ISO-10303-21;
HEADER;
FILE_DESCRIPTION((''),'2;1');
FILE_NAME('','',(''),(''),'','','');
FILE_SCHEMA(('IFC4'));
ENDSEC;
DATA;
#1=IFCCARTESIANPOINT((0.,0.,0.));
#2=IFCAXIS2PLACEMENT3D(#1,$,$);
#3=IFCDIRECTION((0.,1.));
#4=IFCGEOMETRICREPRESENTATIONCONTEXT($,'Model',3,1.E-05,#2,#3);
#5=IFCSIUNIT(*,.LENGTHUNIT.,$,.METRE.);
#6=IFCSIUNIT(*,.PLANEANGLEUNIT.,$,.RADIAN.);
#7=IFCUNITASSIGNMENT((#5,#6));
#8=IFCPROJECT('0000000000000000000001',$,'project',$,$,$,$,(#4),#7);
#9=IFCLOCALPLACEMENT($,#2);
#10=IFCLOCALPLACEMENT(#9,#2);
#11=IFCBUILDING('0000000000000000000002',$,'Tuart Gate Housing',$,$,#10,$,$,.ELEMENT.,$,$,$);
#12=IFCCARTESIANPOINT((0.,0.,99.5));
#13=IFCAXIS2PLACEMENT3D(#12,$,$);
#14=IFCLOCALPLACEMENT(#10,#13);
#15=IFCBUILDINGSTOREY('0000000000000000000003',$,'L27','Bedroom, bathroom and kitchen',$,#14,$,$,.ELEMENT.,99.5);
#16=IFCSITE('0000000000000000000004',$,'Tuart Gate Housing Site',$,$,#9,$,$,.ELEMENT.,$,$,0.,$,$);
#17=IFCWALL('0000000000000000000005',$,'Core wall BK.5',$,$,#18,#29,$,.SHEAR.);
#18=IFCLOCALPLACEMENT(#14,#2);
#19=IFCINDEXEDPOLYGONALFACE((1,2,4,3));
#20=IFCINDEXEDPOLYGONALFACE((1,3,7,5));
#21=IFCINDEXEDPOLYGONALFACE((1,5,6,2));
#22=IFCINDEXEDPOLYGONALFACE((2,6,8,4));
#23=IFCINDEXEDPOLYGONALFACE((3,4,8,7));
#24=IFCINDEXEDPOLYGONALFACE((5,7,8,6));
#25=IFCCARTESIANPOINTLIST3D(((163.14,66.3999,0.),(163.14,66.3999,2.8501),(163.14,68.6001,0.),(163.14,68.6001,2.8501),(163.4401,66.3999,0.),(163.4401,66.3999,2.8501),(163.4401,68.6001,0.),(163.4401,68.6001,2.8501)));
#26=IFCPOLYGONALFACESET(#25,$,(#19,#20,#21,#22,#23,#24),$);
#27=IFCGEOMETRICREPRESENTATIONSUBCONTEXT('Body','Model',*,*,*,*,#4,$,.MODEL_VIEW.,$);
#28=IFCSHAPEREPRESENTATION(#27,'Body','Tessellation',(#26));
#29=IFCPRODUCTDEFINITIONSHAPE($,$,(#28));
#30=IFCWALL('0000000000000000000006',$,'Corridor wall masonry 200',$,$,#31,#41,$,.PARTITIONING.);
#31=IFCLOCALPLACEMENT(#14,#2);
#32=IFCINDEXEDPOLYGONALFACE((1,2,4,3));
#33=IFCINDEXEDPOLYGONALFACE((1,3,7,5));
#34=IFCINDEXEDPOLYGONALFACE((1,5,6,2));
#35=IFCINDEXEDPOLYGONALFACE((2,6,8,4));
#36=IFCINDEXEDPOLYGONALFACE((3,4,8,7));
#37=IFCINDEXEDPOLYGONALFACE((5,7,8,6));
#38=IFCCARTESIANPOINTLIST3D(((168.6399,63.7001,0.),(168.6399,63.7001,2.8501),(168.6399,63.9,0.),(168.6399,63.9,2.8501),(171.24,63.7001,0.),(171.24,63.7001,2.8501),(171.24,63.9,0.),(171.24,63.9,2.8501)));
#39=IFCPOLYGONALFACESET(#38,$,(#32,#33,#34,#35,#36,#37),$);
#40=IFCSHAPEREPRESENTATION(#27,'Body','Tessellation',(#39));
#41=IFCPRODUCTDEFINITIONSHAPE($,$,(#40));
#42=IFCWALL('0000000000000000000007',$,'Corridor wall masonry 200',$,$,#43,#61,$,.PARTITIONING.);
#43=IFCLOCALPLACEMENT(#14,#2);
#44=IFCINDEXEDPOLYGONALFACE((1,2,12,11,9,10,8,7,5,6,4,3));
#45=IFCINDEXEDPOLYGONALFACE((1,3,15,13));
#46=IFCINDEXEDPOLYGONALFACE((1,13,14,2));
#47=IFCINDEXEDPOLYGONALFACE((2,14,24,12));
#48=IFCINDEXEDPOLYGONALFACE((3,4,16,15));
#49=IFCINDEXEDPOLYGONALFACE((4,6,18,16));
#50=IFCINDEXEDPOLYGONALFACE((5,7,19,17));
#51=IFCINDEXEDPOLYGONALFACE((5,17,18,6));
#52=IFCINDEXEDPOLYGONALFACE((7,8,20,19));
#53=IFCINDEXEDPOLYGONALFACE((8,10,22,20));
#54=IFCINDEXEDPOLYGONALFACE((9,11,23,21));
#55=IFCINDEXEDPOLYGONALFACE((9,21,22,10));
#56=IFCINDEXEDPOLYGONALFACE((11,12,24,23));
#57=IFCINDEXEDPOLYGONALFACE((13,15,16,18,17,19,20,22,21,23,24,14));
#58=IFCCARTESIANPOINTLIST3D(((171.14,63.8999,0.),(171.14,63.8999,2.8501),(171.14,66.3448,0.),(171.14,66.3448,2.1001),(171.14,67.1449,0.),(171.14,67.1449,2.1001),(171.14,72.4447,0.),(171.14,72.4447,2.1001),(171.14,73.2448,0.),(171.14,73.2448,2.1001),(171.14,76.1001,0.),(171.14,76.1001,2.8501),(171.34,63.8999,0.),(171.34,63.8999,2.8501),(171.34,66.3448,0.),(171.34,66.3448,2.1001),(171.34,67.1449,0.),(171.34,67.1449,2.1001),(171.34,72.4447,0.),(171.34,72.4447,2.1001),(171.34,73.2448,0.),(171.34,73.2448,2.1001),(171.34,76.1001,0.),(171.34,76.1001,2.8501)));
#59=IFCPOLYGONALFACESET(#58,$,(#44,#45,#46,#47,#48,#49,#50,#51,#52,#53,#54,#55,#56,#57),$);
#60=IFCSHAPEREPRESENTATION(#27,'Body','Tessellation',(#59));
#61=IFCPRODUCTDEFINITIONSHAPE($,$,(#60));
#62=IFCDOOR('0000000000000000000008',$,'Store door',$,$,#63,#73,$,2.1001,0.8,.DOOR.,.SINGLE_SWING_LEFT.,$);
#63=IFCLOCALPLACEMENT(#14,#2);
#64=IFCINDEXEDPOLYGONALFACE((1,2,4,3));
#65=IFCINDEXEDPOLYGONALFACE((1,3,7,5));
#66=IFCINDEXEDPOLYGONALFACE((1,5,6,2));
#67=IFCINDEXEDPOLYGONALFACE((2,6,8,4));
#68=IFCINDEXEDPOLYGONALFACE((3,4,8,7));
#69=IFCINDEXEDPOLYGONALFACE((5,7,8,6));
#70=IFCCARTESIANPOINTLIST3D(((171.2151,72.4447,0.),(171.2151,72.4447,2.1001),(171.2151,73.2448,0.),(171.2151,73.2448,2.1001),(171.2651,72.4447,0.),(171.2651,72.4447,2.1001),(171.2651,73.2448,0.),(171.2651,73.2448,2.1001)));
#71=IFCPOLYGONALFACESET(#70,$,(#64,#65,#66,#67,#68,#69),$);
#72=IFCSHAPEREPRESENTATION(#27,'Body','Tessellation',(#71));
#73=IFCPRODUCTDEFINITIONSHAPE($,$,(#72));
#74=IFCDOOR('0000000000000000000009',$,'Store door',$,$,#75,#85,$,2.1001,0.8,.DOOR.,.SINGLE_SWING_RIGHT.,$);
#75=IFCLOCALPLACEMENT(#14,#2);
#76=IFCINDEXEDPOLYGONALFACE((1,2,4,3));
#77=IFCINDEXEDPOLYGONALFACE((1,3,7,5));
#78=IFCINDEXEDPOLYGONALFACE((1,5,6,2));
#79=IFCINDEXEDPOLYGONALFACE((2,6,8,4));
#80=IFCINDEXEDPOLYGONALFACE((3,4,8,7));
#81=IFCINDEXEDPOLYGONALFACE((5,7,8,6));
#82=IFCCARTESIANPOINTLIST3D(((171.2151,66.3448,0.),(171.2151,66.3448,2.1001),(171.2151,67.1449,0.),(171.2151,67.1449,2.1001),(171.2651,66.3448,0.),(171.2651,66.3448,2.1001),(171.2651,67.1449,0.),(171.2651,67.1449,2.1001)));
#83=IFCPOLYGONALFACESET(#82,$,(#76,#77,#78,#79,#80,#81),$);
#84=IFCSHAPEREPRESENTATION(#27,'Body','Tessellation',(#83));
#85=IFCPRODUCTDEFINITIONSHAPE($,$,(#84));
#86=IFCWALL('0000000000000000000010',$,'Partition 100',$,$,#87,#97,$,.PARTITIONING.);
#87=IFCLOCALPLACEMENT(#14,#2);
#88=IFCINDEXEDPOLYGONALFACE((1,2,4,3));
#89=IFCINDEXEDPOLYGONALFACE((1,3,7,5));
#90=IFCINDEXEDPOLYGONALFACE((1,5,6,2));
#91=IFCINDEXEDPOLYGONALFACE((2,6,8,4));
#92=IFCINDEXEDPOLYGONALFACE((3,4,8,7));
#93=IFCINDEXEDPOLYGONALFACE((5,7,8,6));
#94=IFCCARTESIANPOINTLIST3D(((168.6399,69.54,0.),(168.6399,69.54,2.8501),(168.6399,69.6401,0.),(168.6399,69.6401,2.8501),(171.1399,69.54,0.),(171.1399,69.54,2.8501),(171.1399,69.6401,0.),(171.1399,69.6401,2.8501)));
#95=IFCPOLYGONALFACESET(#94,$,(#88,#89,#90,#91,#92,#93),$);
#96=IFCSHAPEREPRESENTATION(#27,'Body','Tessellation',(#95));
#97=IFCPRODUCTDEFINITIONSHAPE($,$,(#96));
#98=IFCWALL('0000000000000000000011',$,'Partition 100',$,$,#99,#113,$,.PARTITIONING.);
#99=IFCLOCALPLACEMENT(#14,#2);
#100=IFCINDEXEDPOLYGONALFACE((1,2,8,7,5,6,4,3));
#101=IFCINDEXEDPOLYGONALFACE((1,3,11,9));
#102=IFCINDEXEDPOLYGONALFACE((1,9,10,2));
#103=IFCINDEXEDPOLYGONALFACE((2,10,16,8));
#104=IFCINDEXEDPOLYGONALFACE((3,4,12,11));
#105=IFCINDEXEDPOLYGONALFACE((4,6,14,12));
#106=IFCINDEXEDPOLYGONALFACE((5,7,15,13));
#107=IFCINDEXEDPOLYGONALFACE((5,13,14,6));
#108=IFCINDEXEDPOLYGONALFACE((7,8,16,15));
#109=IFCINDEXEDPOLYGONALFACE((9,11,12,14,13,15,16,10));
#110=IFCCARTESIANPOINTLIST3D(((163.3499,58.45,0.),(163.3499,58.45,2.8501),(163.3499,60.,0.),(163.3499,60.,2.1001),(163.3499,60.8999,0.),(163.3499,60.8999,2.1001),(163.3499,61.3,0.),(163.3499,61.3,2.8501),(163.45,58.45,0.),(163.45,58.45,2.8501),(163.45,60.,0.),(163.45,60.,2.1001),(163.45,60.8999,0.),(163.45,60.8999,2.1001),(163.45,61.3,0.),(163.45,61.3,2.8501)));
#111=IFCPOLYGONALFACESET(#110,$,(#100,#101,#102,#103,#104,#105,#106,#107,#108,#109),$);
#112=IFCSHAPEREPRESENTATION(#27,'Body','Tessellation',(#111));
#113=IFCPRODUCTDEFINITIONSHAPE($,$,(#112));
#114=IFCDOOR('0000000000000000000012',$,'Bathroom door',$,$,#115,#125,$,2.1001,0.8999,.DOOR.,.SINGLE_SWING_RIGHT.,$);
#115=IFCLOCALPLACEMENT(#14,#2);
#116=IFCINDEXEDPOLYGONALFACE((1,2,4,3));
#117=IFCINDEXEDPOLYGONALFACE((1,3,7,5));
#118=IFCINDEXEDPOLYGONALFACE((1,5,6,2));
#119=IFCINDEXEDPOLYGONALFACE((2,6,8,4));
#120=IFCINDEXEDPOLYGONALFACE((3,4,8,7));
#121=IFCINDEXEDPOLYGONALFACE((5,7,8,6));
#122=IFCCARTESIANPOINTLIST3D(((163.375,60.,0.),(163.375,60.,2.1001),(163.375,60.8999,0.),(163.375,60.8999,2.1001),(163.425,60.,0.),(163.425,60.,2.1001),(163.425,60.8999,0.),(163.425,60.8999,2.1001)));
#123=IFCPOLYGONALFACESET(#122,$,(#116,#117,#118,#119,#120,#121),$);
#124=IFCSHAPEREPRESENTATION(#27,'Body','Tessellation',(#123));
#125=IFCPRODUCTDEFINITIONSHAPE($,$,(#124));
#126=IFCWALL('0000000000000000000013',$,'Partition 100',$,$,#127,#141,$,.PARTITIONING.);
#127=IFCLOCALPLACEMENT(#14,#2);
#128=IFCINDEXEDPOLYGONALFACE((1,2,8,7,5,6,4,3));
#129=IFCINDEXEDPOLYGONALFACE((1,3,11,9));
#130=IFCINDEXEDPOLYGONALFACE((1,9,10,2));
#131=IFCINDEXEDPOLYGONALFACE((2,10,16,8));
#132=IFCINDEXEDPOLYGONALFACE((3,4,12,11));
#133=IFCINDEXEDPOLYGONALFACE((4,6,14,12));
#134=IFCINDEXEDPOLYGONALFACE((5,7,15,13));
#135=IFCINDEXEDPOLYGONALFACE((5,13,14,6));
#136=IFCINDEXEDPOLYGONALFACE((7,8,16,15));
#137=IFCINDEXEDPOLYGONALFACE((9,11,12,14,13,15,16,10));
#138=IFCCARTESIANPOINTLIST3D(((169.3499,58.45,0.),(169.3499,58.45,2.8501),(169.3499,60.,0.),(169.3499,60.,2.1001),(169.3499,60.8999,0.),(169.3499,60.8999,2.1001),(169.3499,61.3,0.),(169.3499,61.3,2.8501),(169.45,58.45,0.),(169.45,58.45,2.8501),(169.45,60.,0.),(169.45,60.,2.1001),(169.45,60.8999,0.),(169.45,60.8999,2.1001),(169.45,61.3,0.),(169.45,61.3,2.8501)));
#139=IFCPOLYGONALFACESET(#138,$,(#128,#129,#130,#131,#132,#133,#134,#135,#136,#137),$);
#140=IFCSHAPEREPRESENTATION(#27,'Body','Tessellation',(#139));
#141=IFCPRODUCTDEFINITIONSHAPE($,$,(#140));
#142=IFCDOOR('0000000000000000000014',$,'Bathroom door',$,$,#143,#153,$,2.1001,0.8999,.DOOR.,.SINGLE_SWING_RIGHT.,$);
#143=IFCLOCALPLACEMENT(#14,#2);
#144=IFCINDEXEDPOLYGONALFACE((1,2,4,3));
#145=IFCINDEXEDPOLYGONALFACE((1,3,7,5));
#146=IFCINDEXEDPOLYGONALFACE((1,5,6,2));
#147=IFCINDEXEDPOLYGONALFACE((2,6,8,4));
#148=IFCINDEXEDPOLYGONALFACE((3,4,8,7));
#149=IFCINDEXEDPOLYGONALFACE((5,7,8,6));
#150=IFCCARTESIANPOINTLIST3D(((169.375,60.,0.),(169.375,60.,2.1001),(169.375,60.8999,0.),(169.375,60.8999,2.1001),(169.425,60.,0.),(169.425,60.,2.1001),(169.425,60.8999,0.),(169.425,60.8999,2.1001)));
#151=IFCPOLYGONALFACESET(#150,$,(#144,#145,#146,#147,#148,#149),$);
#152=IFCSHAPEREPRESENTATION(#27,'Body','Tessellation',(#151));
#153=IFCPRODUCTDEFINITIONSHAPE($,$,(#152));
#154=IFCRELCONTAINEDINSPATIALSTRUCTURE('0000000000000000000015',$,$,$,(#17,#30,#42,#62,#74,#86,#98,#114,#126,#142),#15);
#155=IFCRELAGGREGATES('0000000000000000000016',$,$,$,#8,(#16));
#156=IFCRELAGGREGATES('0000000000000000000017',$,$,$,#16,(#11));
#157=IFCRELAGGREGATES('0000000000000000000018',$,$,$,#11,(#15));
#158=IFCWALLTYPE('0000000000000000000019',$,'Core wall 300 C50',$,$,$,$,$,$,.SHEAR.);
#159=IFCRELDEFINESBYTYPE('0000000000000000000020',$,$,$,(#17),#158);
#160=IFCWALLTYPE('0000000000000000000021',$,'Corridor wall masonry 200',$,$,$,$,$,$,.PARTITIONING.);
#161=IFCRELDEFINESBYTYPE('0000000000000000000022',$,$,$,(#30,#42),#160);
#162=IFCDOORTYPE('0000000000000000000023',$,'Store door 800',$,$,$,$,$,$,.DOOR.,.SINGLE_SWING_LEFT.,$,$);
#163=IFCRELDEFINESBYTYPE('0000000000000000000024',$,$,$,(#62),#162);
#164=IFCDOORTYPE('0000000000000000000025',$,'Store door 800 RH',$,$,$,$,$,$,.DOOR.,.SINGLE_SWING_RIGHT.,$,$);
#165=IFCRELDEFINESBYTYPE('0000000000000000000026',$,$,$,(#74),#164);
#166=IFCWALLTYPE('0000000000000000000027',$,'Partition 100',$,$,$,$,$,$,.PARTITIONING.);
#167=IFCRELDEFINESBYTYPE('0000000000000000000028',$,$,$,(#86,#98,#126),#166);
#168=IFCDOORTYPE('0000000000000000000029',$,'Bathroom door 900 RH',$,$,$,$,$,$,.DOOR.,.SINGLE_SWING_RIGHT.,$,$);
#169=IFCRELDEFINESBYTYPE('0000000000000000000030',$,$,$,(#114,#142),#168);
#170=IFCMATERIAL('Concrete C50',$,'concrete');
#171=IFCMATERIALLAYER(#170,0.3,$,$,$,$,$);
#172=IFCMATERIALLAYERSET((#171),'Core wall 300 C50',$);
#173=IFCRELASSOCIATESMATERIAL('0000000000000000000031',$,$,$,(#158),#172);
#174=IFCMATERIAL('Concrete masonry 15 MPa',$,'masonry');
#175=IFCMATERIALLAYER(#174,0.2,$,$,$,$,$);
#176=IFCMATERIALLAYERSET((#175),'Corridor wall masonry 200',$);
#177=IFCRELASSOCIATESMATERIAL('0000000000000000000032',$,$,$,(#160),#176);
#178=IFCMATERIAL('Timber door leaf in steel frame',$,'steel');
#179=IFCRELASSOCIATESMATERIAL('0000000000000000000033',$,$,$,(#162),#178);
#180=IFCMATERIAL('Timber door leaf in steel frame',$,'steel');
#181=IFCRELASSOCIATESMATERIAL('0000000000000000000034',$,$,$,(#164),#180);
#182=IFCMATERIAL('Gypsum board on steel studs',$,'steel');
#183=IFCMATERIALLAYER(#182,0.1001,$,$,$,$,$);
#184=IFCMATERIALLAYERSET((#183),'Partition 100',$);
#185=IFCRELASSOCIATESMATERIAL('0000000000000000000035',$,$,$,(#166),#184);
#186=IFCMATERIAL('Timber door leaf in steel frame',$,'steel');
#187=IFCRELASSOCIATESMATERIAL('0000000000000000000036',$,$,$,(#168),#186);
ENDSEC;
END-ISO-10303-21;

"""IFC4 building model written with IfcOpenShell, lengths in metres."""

from ifc_helpers import new_model, si_unit, direction, frame, frame_2d, origin, place, context, subcontext, project, spatial, rectangle, extrude, material, layer, layer_set, type_object, element, fill, save


model = new_model("IFC4")

# Units and contexts
model_context = context("Model", 3, precision=1e-05, world=origin(), true_north=direction((0.0, 1.0)))
body_context = subcontext(model_context, "Body", "Model", "MODEL_VIEW")
ifc_project = project(units=[si_unit("LENGTHUNIT", "METRE"), si_unit("PLANEANGLEUNIT", "RADIAN")], contexts=[model_context])

# Site, building, storey
site_placement = place(None, origin())
site = spatial("IfcSite", under=ifc_project, at=site_placement, Name="Tuart Gate Housing Site", CompositionType="ELEMENT", RefElevation=0.0)
building_placement = place(site_placement, origin())
building = spatial("IfcBuilding", under=site, at=building_placement, Name="Tuart Gate Housing", CompositionType="ELEMENT")
storey_placement = place(building_placement, frame((0.0, 0.0, 99.5)))
storey = spatial("IfcBuildingStorey", under=building, at=storey_placement, Name="L27", Description="Bedroom, bathroom and kitchen", CompositionType="ELEMENT", Elevation=99.5)

# Walls
ifc_material_1 = material(Name="Concrete C50", Category="concrete")
ifc_layer_1 = layer(ifc_material_1, 0.3)
ifc_layer_set_1 = layer_set([ifc_layer_1], Name="Core wall 300 C50")
wall_type_1 = type_object("IfcWallType", Name="Core wall 300 C50", PredefinedType="SHEAR", material=ifc_layer_set_1)
wall_1_placement = place(storey_placement, frame((163.29, 68.6001, 0.0), z_axis=(0.0, 0.0, 1.0), x_axis=(0.0, -1.0, 0.0)))
element("IfcWall", 1, at=wall_1_placement, inside=storey, type_object=wall_type_1, Name="Core wall BK.5", PredefinedType="SHEAR", context=body_context, shape_type="SweptSolid", body=[
    extrude(rectangle(XDim=2.2002, YDim=0.3, at=frame_2d((1.1001, 0.0))), origin(), (0.0, 0.0, 1.0), 2.8501),
])
ifc_material_2 = material(Name="Concrete masonry 15 MPa", Category="masonry")
ifc_layer_2 = layer(ifc_material_2, 0.2)
ifc_layer_set_2 = layer_set([ifc_layer_2], Name="Corridor wall masonry 200")
wall_type_2 = type_object("IfcWallType", Name="Corridor wall masonry 200", PredefinedType="PARTITIONING", material=ifc_layer_set_2)
wall_2_placement = place(storey_placement, frame((168.6399, 63.8, 0.0), z_axis=(0.0, 0.0, 1.0), x_axis=(1.0, 0.0, 0.0)))
element("IfcWall", 2, at=wall_2_placement, inside=storey, type_object=wall_type_2, Name="Corridor wall masonry 200", PredefinedType="PARTITIONING", context=body_context, shape_type="SweptSolid", body=[
    extrude(rectangle(XDim=2.6001, YDim=0.2, at=frame_2d((1.3, 0.0))), origin(), (0.0, 0.0, 1.0), 2.8501),
])

# Wall, openings, doors
wall_3_placement = place(storey_placement, frame((171.24, 63.8999, 0.0), z_axis=(0.0, 0.0, 1.0), x_axis=(0.0, 1.0, 0.0)))
wall_3 = element("IfcWall", 3, at=wall_3_placement, inside=storey, type_object=wall_type_2, Name="Corridor wall masonry 200", PredefinedType="PARTITIONING", context=body_context, shape_type="SweptSolid", body=[
    extrude(rectangle(XDim=12.2002, YDim=0.2, at=frame_2d((6.1001, 0.0))), origin(), (0.0, 0.0, 1.0), 2.8501),
])
opening_1_placement = place(wall_3_placement, frame((2.4451, 0.0, 0.0)))
opening_1 = element("IfcOpeningElement", 4, at=opening_1_placement, cuts=wall_3, PredefinedType="OPENING", context=body_context, shape_type="SweptSolid", body=[
    extrude(rectangle(XDim=0.8, YDim=2.1001, at=frame_2d((0.3999, 1.05))), frame((0.0, 0.1099, 0.0), z_axis=(0.0, -1.0, 0.0), x_axis=(1.0, 0.0, 0.0)), (0.0, 0.0, 1.0), 0.22),
])
opening_2_placement = place(wall_3_placement, frame((8.5449, 0.0, 0.0)))
opening_2 = element("IfcOpeningElement", 5, at=opening_2_placement, cuts=wall_3, PredefinedType="OPENING", context=body_context, shape_type="SweptSolid", body=[
    extrude(rectangle(XDim=0.8, YDim=2.1001, at=frame_2d((0.3999, 1.05))), frame((0.0, 0.1099, 0.0), z_axis=(0.0, -1.0, 0.0), x_axis=(1.0, 0.0, 0.0)), (0.0, 0.0, 1.0), 0.22),
])
ifc_material_3 = material(Name="Timber door leaf in steel frame", Category="steel")
door_type_1 = type_object("IfcDoorType", Name="Store door 800", OperationType="SINGLE_SWING_LEFT", PredefinedType="DOOR", material=ifc_material_3)
door_1_placement = place(opening_2_placement, origin())
door_1 = element("IfcDoor", 6, at=door_1_placement, inside=storey, type_object=door_type_1, Name="Store door", OperationType="SINGLE_SWING_LEFT", OverallHeight=2.1001, OverallWidth=0.8, PredefinedType="DOOR", context=body_context, shape_type="SweptSolid", body=[
    extrude(rectangle(XDim=0.8, YDim=2.1001, at=frame_2d((0.3999, 1.05))), frame((0.0, 0.0249, 0.0), z_axis=(0.0, -1.0, 0.0), x_axis=(1.0, 0.0, 0.0)), (0.0, 0.0, 1.0), 0.05),
])
fill(opening_2, door_1)
ifc_material_4 = material(Name="Timber door leaf in steel frame", Category="steel")
door_type_2 = type_object("IfcDoorType", Name="Store door 800 RH", OperationType="SINGLE_SWING_RIGHT", PredefinedType="DOOR", material=ifc_material_4)
door_2_placement = place(opening_1_placement, origin())
door_2 = element("IfcDoor", 7, at=door_2_placement, inside=storey, type_object=door_type_2, Name="Store door", OperationType="SINGLE_SWING_RIGHT", OverallHeight=2.1001, OverallWidth=0.8, PredefinedType="DOOR", context=body_context, shape_type="SweptSolid", body=[
    extrude(rectangle(XDim=0.8, YDim=2.1001, at=frame_2d((0.3999, 1.05))), frame((0.0, 0.0249, 0.0), z_axis=(0.0, -1.0, 0.0), x_axis=(1.0, 0.0, 0.0)), (0.0, 0.0, 1.0), 0.05),
])
fill(opening_1, door_2)

# Wall
ifc_material_5 = material(Name="Gypsum board on steel studs", Category="steel")
ifc_layer_3 = layer(ifc_material_5, 0.1001)
ifc_layer_set_3 = layer_set([ifc_layer_3], Name="Partition 100")
wall_type_3 = type_object("IfcWallType", Name="Partition 100", PredefinedType="PARTITIONING", material=ifc_layer_set_3)
wall_4_placement = place(storey_placement, frame((168.6399, 69.5901, 0.0), z_axis=(0.0, 0.0, 1.0), x_axis=(1.0, 0.0, 0.0)))
element("IfcWall", 8, at=wall_4_placement, inside=storey, type_object=wall_type_3, Name="Partition 100", PredefinedType="PARTITIONING", context=body_context, shape_type="SweptSolid", body=[
    extrude(rectangle(XDim=2.5, YDim=0.1001, at=frame_2d((1.25, 0.0))), origin(), (0.0, 0.0, 1.0), 2.8501),
])

# Walls, openings, doors
wall_5_placement = place(storey_placement, frame((163.3999, 58.45, 0.0), z_axis=(0.0, 0.0, 1.0), x_axis=(0.0, 1.0, 0.0)))
wall_5 = element("IfcWall", 9, at=wall_5_placement, inside=storey, type_object=wall_type_3, Name="Partition 100", PredefinedType="PARTITIONING", context=body_context, shape_type="SweptSolid", body=[
    extrude(rectangle(XDim=2.8501, YDim=0.1001, at=frame_2d((1.425, 0.0))), origin(), (0.0, 0.0, 1.0), 2.8501),
])
opening_3_placement = place(wall_5_placement, frame((1.55, 0.0, 0.0)))
opening_3 = element("IfcOpeningElement", 10, at=opening_3_placement, cuts=wall_5, PredefinedType="OPENING", context=body_context, shape_type="SweptSolid", body=[
    extrude(rectangle(XDim=0.8999, YDim=2.1001, at=frame_2d((0.45, 1.05))), frame((0.0, 0.0601, 0.0), z_axis=(0.0, -1.0, 0.0), x_axis=(1.0, 0.0, 0.0)), (0.0, 0.0, 1.0), 0.1201),
])
ifc_material_6 = material(Name="Timber door leaf in steel frame", Category="steel")
door_type_3 = type_object("IfcDoorType", Name="Bathroom door 900 RH", OperationType="SINGLE_SWING_RIGHT", PredefinedType="DOOR", material=ifc_material_6)
door_3_placement = place(opening_3_placement, origin())
door_3 = element("IfcDoor", 11, at=door_3_placement, inside=storey, type_object=door_type_3, Name="Bathroom door", OperationType="SINGLE_SWING_RIGHT", OverallHeight=2.1001, OverallWidth=0.8999, PredefinedType="DOOR", context=body_context, shape_type="SweptSolid", body=[
    extrude(rectangle(XDim=0.8999, YDim=2.1001, at=frame_2d((0.45, 1.05))), frame((0.0, 0.0249, 0.0), z_axis=(0.0, -1.0, 0.0), x_axis=(1.0, 0.0, 0.0)), (0.0, 0.0, 1.0), 0.05),
])
fill(opening_3, door_3)
wall_6_placement = place(storey_placement, frame((169.3999, 58.45, 0.0), z_axis=(0.0, 0.0, 1.0), x_axis=(0.0, 1.0, 0.0)))
wall_6 = element("IfcWall", 12, at=wall_6_placement, inside=storey, type_object=wall_type_3, Name="Partition 100", PredefinedType="PARTITIONING", context=body_context, shape_type="SweptSolid", body=[
    extrude(rectangle(XDim=2.8501, YDim=0.1001, at=frame_2d((1.425, 0.0))), origin(), (0.0, 0.0, 1.0), 2.8501),
])
opening_4_placement = place(wall_6_placement, frame((1.55, 0.0, 0.0)))
opening_4 = element("IfcOpeningElement", 13, at=opening_4_placement, cuts=wall_6, PredefinedType="OPENING", context=body_context, shape_type="SweptSolid", body=[
    extrude(rectangle(XDim=0.8999, YDim=2.1001, at=frame_2d((0.45, 1.05))), frame((0.0, 0.0601, 0.0), z_axis=(0.0, -1.0, 0.0), x_axis=(1.0, 0.0, 0.0)), (0.0, 0.0, 1.0), 0.1201),
])
door_4_placement = place(opening_4_placement, origin())
door_4 = element("IfcDoor", 14, at=door_4_placement, inside=storey, type_object=door_type_3, Name="Bathroom door", OperationType="SINGLE_SWING_RIGHT", OverallHeight=2.1001, OverallWidth=0.8999, PredefinedType="DOOR", context=body_context, shape_type="SweptSolid", body=[
    extrude(rectangle(XDim=0.8999, YDim=2.1001, at=frame_2d((0.45, 1.05))), frame((0.0, 0.0249, 0.0), z_axis=(0.0, -1.0, 0.0), x_axis=(1.0, 0.0, 0.0)), (0.0, 0.0, 1.0), 0.05),
])
fill(opening_4, door_4)

save(model, "model.ifc")
